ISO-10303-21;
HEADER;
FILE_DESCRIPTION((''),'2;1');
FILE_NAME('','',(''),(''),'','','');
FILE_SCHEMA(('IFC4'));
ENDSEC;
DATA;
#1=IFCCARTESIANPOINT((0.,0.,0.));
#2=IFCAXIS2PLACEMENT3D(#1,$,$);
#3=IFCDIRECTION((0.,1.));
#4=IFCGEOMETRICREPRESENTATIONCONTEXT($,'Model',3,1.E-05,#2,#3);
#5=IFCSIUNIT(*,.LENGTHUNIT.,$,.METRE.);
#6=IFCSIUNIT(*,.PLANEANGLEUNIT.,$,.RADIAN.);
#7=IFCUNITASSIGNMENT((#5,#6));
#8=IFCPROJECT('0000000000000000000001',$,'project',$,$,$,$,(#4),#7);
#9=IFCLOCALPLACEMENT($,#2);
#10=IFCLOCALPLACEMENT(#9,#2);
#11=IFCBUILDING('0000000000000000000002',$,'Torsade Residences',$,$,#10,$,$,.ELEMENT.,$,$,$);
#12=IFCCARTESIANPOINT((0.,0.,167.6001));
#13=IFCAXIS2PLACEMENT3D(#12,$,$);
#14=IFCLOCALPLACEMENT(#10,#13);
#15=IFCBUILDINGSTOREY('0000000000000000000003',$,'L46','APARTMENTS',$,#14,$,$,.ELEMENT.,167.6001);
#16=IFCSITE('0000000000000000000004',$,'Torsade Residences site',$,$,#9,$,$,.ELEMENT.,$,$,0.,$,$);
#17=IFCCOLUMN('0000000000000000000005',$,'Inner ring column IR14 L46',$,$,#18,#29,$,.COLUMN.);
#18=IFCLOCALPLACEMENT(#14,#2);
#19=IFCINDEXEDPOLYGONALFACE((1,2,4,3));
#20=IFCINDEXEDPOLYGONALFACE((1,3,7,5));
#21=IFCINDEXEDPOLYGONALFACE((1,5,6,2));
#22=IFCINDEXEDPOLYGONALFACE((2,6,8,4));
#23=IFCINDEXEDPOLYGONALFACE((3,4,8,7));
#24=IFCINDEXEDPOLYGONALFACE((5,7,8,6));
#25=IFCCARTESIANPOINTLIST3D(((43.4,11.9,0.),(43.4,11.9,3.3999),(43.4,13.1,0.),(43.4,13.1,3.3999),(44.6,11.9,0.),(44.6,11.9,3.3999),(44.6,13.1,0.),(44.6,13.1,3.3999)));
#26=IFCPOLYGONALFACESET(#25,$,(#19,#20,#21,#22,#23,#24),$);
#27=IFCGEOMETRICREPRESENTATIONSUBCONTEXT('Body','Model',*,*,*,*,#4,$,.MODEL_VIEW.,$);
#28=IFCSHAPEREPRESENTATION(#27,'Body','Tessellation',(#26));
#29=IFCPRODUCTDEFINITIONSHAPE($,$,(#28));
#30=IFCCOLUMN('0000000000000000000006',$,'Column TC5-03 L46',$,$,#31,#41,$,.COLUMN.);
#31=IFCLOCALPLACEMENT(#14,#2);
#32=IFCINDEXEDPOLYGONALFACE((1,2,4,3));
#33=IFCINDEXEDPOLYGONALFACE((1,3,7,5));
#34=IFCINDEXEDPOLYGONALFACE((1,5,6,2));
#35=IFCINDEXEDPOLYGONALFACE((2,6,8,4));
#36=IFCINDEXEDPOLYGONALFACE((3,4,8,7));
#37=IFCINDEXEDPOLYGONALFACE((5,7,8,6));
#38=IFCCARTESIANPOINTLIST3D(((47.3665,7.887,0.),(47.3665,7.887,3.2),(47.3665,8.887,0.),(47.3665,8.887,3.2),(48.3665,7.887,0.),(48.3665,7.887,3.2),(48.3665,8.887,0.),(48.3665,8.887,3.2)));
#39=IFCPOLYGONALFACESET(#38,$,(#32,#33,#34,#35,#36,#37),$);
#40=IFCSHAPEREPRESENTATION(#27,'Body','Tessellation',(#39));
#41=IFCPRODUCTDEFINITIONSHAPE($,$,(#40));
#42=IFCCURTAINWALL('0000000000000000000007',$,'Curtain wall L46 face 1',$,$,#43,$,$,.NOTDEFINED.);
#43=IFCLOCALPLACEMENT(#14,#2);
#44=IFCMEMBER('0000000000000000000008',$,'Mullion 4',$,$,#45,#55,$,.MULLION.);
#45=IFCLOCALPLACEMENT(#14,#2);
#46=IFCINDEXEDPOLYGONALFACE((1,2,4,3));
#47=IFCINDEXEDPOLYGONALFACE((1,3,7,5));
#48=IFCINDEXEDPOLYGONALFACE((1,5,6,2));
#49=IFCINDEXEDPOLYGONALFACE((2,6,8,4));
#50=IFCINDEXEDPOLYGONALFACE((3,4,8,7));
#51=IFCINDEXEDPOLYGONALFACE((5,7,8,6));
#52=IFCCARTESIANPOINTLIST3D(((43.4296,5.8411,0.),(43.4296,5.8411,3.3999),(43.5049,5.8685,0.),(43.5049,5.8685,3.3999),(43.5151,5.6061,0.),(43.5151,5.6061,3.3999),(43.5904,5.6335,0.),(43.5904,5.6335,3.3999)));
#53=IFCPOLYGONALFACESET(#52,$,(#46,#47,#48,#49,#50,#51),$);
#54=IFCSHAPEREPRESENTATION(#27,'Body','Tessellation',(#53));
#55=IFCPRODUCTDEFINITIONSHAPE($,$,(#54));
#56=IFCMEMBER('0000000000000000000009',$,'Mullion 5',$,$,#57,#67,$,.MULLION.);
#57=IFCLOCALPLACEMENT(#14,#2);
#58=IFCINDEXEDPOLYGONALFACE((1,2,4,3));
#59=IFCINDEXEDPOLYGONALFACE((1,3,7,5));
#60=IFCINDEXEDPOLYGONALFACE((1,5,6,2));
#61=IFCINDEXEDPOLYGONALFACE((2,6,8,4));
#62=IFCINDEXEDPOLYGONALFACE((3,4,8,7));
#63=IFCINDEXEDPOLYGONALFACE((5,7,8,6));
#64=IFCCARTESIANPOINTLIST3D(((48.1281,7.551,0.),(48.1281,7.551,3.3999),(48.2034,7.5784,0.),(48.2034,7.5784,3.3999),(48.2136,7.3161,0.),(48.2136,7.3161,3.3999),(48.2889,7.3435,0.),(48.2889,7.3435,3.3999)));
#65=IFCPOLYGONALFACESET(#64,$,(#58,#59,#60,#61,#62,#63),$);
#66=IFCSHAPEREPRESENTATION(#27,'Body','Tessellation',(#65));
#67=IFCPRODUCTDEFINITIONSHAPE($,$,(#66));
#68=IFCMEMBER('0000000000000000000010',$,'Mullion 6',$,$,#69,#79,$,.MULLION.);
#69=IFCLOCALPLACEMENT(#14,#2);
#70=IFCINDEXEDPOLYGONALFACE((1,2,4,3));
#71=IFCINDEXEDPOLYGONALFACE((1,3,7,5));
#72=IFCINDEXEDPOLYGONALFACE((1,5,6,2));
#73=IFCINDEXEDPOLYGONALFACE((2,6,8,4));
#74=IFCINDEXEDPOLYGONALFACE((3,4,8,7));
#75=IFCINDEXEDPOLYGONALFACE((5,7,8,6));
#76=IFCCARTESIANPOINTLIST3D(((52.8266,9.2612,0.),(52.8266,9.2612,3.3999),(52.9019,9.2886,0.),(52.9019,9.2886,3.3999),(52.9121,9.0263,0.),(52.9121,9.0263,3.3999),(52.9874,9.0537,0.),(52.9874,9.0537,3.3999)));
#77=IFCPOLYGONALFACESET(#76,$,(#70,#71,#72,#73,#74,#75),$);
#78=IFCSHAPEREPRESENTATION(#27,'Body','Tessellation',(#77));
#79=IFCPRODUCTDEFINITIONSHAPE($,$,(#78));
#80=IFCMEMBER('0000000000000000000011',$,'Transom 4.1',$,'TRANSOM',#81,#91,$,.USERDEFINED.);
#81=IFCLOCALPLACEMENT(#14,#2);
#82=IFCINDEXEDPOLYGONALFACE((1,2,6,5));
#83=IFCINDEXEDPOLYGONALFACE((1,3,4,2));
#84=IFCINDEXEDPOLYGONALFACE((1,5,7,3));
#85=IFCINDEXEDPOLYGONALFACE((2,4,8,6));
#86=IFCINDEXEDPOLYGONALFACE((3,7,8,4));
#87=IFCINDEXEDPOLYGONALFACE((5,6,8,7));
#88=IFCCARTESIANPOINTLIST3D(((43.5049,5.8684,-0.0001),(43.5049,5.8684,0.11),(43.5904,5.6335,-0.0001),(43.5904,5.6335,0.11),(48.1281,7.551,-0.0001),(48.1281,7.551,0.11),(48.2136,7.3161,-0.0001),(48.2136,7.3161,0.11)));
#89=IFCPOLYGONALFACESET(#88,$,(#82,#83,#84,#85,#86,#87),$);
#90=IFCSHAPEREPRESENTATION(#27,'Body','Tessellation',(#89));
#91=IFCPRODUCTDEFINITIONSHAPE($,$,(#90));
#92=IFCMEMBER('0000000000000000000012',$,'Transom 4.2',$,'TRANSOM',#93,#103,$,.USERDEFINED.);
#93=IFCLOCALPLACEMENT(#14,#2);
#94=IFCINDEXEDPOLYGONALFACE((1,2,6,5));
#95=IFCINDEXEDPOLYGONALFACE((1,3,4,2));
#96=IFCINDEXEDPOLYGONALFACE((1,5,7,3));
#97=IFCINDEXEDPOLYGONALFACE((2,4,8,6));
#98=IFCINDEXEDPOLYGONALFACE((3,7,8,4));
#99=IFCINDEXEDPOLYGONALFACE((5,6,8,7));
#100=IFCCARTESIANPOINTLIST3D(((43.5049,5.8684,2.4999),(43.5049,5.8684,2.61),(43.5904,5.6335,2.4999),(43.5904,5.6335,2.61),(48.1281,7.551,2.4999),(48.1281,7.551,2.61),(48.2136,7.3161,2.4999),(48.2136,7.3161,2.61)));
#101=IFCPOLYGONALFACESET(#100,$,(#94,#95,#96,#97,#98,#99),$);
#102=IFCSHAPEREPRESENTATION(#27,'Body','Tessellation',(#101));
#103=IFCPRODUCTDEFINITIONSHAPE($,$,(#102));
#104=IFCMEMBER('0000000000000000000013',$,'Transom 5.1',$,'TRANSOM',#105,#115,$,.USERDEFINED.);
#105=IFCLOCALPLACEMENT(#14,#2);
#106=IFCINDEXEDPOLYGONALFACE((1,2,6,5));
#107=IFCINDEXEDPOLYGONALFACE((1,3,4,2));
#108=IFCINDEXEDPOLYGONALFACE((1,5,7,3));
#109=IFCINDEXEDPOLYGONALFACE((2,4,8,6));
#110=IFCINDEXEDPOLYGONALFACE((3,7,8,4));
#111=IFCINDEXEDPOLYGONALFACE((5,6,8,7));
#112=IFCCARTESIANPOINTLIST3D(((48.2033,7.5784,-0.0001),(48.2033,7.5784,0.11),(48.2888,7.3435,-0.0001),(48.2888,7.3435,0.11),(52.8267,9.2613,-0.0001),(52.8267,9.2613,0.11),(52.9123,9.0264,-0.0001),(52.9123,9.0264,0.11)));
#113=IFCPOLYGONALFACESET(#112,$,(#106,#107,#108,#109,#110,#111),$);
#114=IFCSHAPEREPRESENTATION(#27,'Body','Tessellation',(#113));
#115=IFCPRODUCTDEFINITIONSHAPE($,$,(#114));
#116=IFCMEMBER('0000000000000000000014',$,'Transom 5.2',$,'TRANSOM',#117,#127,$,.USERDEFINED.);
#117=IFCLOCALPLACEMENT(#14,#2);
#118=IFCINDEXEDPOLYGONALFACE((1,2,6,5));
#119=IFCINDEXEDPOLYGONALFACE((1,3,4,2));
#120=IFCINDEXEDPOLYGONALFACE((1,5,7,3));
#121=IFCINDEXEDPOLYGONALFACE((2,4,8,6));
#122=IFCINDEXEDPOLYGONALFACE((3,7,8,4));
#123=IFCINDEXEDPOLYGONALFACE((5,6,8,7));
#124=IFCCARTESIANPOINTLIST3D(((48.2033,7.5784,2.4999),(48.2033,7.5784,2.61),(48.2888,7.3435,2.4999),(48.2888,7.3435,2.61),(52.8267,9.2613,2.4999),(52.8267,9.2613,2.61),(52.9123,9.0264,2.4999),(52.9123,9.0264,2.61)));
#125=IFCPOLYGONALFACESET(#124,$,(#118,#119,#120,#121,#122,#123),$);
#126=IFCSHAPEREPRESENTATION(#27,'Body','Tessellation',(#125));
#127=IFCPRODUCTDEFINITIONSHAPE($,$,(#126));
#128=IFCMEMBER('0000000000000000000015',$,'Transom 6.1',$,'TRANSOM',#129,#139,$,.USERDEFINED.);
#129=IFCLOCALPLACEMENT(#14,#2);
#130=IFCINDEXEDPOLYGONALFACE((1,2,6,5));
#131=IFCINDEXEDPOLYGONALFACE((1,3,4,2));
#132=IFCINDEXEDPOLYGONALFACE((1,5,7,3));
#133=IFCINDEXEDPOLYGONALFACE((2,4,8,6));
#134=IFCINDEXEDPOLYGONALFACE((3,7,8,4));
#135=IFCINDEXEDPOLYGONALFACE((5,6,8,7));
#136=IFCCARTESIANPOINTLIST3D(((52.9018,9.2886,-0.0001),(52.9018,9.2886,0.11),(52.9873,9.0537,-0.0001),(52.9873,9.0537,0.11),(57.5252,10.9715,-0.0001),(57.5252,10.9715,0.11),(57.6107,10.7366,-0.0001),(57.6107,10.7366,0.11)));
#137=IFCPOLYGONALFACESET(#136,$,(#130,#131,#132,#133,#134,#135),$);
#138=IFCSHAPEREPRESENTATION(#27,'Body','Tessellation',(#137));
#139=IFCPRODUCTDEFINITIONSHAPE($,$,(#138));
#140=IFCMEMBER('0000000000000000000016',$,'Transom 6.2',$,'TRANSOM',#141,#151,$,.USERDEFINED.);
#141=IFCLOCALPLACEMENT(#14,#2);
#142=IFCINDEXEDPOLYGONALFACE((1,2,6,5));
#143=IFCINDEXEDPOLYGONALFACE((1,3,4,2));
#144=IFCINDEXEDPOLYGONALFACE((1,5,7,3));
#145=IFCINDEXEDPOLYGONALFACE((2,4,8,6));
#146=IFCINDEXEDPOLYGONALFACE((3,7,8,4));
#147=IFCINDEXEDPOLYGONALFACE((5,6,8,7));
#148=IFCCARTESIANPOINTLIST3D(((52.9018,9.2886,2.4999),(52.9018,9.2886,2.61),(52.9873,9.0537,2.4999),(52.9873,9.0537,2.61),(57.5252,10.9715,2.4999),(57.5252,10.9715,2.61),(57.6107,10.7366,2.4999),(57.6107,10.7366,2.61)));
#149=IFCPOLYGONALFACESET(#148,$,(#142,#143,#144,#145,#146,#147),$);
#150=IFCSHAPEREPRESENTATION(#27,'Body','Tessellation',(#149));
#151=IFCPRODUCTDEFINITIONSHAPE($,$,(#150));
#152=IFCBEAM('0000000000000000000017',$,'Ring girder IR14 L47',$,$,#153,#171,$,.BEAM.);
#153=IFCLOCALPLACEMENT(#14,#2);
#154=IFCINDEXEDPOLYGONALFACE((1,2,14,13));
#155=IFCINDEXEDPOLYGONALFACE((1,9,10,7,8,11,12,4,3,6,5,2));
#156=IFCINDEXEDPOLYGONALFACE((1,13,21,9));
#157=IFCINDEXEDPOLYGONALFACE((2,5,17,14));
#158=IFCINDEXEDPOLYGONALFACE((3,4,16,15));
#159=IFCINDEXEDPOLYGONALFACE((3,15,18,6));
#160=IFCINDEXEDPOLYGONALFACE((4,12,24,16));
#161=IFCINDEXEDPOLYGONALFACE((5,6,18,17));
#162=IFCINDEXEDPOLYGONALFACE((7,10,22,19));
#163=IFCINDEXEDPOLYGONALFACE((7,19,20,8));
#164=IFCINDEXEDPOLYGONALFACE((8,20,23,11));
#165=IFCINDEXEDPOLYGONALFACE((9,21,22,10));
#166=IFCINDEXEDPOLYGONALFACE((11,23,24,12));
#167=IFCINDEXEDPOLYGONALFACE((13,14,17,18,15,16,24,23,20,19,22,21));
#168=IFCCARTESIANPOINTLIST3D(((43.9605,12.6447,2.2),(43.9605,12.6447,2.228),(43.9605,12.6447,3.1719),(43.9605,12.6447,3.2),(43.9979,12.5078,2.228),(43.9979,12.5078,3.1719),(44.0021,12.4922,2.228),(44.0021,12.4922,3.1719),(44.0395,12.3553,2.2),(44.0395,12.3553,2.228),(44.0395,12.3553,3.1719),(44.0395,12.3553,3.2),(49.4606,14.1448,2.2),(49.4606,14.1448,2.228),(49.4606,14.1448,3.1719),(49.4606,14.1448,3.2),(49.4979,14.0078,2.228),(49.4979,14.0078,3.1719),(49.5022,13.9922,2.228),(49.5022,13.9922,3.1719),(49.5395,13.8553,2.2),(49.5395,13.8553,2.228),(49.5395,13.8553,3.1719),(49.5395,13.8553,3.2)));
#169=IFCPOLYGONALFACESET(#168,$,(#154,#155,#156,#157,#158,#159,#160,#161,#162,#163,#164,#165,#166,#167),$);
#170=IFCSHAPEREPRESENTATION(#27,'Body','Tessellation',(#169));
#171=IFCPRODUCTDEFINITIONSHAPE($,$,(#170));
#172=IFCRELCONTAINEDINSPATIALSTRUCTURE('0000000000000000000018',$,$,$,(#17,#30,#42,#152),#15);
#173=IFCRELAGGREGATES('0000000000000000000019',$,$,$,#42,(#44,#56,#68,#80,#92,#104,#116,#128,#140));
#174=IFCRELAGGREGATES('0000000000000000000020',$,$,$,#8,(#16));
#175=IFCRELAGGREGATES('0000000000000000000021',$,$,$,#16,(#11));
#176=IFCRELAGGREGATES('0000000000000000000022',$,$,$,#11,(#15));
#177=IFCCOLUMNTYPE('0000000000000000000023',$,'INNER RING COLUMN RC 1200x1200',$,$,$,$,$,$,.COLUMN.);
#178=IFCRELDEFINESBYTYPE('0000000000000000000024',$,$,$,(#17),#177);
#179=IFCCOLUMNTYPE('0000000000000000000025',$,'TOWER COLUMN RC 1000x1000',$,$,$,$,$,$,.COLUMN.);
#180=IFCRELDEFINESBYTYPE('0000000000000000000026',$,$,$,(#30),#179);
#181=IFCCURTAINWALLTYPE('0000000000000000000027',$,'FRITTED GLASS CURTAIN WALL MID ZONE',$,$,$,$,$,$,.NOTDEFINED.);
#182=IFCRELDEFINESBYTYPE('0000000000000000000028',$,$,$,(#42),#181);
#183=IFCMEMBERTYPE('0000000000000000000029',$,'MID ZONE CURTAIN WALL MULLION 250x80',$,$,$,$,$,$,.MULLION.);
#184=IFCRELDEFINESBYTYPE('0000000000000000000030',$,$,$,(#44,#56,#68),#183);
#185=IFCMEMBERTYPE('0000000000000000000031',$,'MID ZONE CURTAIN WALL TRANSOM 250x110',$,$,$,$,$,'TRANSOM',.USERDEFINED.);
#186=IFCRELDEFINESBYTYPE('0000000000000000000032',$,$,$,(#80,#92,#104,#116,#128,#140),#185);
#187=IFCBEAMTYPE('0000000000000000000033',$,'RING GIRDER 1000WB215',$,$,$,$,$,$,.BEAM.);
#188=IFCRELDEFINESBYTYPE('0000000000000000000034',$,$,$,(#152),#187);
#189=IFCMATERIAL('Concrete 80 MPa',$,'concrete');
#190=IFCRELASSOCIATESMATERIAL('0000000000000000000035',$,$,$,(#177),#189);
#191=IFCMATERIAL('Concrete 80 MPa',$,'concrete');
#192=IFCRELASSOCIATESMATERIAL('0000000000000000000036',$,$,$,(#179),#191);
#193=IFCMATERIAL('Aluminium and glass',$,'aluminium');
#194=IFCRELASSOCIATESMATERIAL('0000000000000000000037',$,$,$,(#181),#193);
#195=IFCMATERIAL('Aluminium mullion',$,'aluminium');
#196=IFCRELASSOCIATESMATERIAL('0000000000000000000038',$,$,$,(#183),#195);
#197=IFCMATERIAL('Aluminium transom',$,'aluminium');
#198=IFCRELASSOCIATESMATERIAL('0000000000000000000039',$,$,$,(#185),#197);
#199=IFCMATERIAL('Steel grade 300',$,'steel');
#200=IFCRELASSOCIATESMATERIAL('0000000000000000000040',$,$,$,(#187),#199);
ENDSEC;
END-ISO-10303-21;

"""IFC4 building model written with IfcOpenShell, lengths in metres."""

from ifc_helpers import new_model, si_unit, direction, frame, origin, origin_2d, place, context, subcontext, project, spatial, rectangle, i_section, extrude, material, material_profile, profile_set, type_object, element, aggregate, save


model = new_model("IFC4")

# Units and contexts
model_context = context("Model", 3, precision=1e-05, world=origin(), true_north=direction((0.0, 1.0)))
body_context = subcontext(model_context, "Body", "Model", "MODEL_VIEW")
ifc_project = project(units=[si_unit("LENGTHUNIT", "METRE"), si_unit("PLANEANGLEUNIT", "RADIAN")], contexts=[model_context])

# Site, building, storey
site_placement = place(None, origin())
site = spatial("IfcSite", under=ifc_project, at=site_placement, Name="Torsade Residences site", CompositionType="ELEMENT", RefElevation=0.0)
building_placement = place(site_placement, origin())
building = spatial("IfcBuilding", under=site, at=building_placement, Name="Torsade Residences", CompositionType="ELEMENT")
storey_placement = place(building_placement, frame((0.0, 0.0, 167.6001)))
storey = spatial("IfcBuildingStorey", under=building, at=storey_placement, Name="L46", Description="APARTMENTS", CompositionType="ELEMENT", Elevation=167.6001)

# Columns
ifc_material_1 = material(Name="Concrete 80 MPa", Category="concrete")
ifc_material_profile_1 = material_profile(ifc_material_1, rectangle(XDim=1.2, YDim=1.2, at=origin_2d()), Name="RC 1200x1200")
ifc_profile_set_1 = profile_set([ifc_material_profile_1], Name="Concrete 80 MPa")
column_type_1 = type_object("IfcColumnType", Name="INNER RING COLUMN RC 1200x1200", PredefinedType="COLUMN", material=ifc_profile_set_1)
column_1_placement = place(storey_placement, frame((44.0, 12.5, 0.0), z_axis=(0.0, 0.0, 1.0), x_axis=(1.0, 0.0, 0.0)))
element("IfcColumn", 1, at=column_1_placement, inside=storey, type_object=column_type_1, Name="Inner ring column IR14 L46", PredefinedType="COLUMN", context=body_context, shape_type="SweptSolid", body=[
    extrude(rectangle(XDim=1.2, YDim=1.2, at=origin_2d()), origin(), (0.0, 0.0, 1.0), 3.3999),
])
ifc_material_2 = material(Name="Concrete 80 MPa", Category="concrete")
ifc_material_profile_2 = material_profile(ifc_material_2, rectangle(XDim=1.0, YDim=1.0, at=origin_2d()), Name="RC 1000x1000")
ifc_profile_set_2 = profile_set([ifc_material_profile_2], Name="Concrete 80 MPa")
column_type_2 = type_object("IfcColumnType", Name="TOWER COLUMN RC 1000x1000", PredefinedType="COLUMN", material=ifc_profile_set_2)
column_2_placement = place(storey_placement, frame((47.8665, 8.387, 0.0), z_axis=(0.0, 0.0, 1.0), x_axis=(1.0, 0.0, 0.0)))
element("IfcColumn", 2, at=column_2_placement, inside=storey, type_object=column_type_2, Name="Column TC5-03 L46", PredefinedType="COLUMN", context=body_context, shape_type="SweptSolid", body=[
    extrude(rectangle(XDim=1.0, YDim=1.0, at=origin_2d()), origin(), (0.0, 0.0, 1.0), 3.2),
])

# Curtain wall, members
ifc_material_3 = material(Name="Aluminium and glass", Category="aluminium")
curtain_wall_type = type_object("IfcCurtainWallType", Name="FRITTED GLASS CURTAIN WALL MID ZONE", PredefinedType="NOTDEFINED", material=ifc_material_3)
curtain_wall_placement = place(storey_placement, origin())
curtain_wall = element("IfcCurtainWall", 3, at=curtain_wall_placement, inside=storey, type_object=curtain_wall_type, Name="Curtain wall L46 face 1", PredefinedType="NOTDEFINED")
ifc_material_4 = material(Name="Aluminium mullion", Category="aluminium")
ifc_material_profile_3 = material_profile(ifc_material_4, rectangle(XDim=0.25, YDim=0.0801, at=origin_2d()), Name="MID ZONE CURTAIN WALL MULLION 250x80")
ifc_profile_set_3 = profile_set([ifc_material_profile_3], Name="Aluminium mullion")
member_type_1 = type_object("IfcMemberType", Name="MID ZONE CURTAIN WALL MULLION 250x80", PredefinedType="MULLION", material=ifc_profile_set_3)
member_1_placement = place(storey_placement, frame((43.51, 5.7373, 0.0), z_axis=(0.0, 0.0, 1.0), x_axis=(-0.34202, 0.939693, 0.0)))
member_1 = element("IfcMember", 4, at=member_1_placement, type_object=member_type_1, Name="Mullion 4", PredefinedType="MULLION", context=body_context, shape_type="SweptSolid", body=[
    extrude(rectangle(XDim=0.25, YDim=0.0801, at=origin_2d()), origin(), (0.0, 0.0, 1.0), 3.3999),
])
member_2_placement = place(storey_placement, frame((48.2085, 7.4473, 0.0), z_axis=(0.0, 0.0, 1.0), x_axis=(-0.34202, 0.939693, 0.0)))
member_2 = element("IfcMember", 5, at=member_2_placement, type_object=member_type_1, Name="Mullion 5", PredefinedType="MULLION", context=body_context, shape_type="SweptSolid", body=[
    extrude(rectangle(XDim=0.25, YDim=0.0801, at=origin_2d()), origin(), (0.0, 0.0, 1.0), 3.3999),
])
member_3_placement = place(storey_placement, frame((52.907, 9.1575, 0.0), z_axis=(0.0, 0.0, 1.0), x_axis=(-0.34202, 0.939693, 0.0)))
member_3 = element("IfcMember", 6, at=member_3_placement, type_object=member_type_1, Name="Mullion 6", PredefinedType="MULLION", context=body_context, shape_type="SweptSolid", body=[
    extrude(rectangle(XDim=0.25, YDim=0.0801, at=origin_2d()), origin(), (0.0, 0.0, 1.0), 3.3999),
])
ifc_material_5 = material(Name="Aluminium transom", Category="aluminium")
ifc_material_profile_4 = material_profile(ifc_material_5, rectangle(XDim=0.25, YDim=0.1101, at=origin_2d()), Name="MID ZONE CURTAIN WALL TRANSOM 250x110")
ifc_profile_set_4 = profile_set([ifc_material_profile_4], Name="Aluminium transom")
member_type_2 = type_object("IfcMemberType", Name="MID ZONE CURTAIN WALL TRANSOM 250x110", ElementType="TRANSOM", PredefinedType="USERDEFINED", material=ifc_profile_set_4)
member_4_placement = place(storey_placement, frame((43.5476, 5.751, 0.0549), z_axis=(0.939701, 0.341998, 0.0), x_axis=(-0.341998, 0.939701, 0.0)))
member_4 = element("IfcMember", 7, at=member_4_placement, type_object=member_type_2, Name="Transom 4.1", ObjectType="TRANSOM", PredefinedType="USERDEFINED", context=body_context, shape_type="SweptSolid", body=[
    extrude(rectangle(XDim=0.25, YDim=0.1101, at=origin_2d()), origin(), (0.0, 0.0, 1.0), 4.9199),
])
member_5_placement = place(storey_placement, frame((43.5476, 5.751, 2.5549), z_axis=(0.939701, 0.341998, 0.0), x_axis=(-0.341998, 0.939701, 0.0)))
member_5 = element("IfcMember", 8, at=member_5_placement, type_object=member_type_2, Name="Transom 4.2", ObjectType="TRANSOM", PredefinedType="USERDEFINED", context=body_context, shape_type="SweptSolid", body=[
    extrude(rectangle(XDim=0.25, YDim=0.1101, at=origin_2d()), origin(), (0.0, 0.0, 1.0), 4.9199),
])
member_6_placement = place(storey_placement, frame((48.2461, 7.4609, 0.0549), z_axis=(0.939685, 0.342042, 0.0), x_axis=(-0.342042, 0.939685, 0.0)))
member_6 = element("IfcMember", 9, at=member_6_placement, type_object=member_type_2, Name="Transom 5.1", ObjectType="TRANSOM", PredefinedType="USERDEFINED", context=body_context, shape_type="SweptSolid", body=[
    extrude(rectangle(XDim=0.25, YDim=0.1101, at=origin_2d()), origin(), (0.0, 0.0, 1.0), 4.9202),
])
member_7_placement = place(storey_placement, frame((48.2461, 7.4609, 2.5549), z_axis=(0.939685, 0.342042, 0.0), x_axis=(-0.342042, 0.939685, 0.0)))
member_7 = element("IfcMember", 10, at=member_7_placement, type_object=member_type_2, Name="Transom 5.2", ObjectType="TRANSOM", PredefinedType="USERDEFINED", context=body_context, shape_type="SweptSolid", body=[
    extrude(rectangle(XDim=0.25, YDim=0.1101, at=origin_2d()), origin(), (0.0, 0.0, 1.0), 4.9202),
])
member_8_placement = place(storey_placement, frame((52.9446, 9.1711, 0.0549), z_axis=(0.939685, 0.342042, 0.0), x_axis=(-0.342042, 0.939685, 0.0)))
member_8 = element("IfcMember", 11, at=member_8_placement, type_object=member_type_2, Name="Transom 6.1", ObjectType="TRANSOM", PredefinedType="USERDEFINED", context=body_context, shape_type="SweptSolid", body=[
    extrude(rectangle(XDim=0.25, YDim=0.1101, at=origin_2d()), origin(), (0.0, 0.0, 1.0), 4.9202),
])
member_9_placement = place(storey_placement, frame((52.9446, 9.1711, 2.5549), z_axis=(0.939685, 0.342042, 0.0), x_axis=(-0.342042, 0.939685, 0.0)))
member_9 = element("IfcMember", 12, at=member_9_placement, type_object=member_type_2, Name="Transom 6.2", ObjectType="TRANSOM", PredefinedType="USERDEFINED", context=body_context, shape_type="SweptSolid", body=[
    extrude(rectangle(XDim=0.25, YDim=0.1101, at=origin_2d()), origin(), (0.0, 0.0, 1.0), 4.9202),
])

# Beam
ifc_material_6 = material(Name="Steel grade 300", Category="steel")
ifc_material_profile_5 = material_profile(ifc_material_6, i_section(OverallWidth=0.3, OverallDepth=1.0, WebThickness=0.0161, FlangeThickness=0.0281, at=origin_2d()), Name="1000WB215")
ifc_profile_set_5 = profile_set([ifc_material_profile_5], Name="Steel grade 300")
beam_type_1 = type_object("IfcBeamType", Name="RING GIRDER 1000WB215", PredefinedType="BEAM", material=ifc_profile_set_5)
beam_1_placement = place(storey_placement, frame((44.0, 12.5, 2.7), z_axis=(0.964764, 0.263117, 0.0), x_axis=(-0.263117, 0.964764, 0.0)))
element("IfcBeam", 13, at=beam_1_placement, inside=storey, type_object=beam_type_1, Name="Ring girder IR14 L47", PredefinedType="BEAM", context=body_context, shape_type="SweptSolid", body=[
    extrude(i_section(OverallWidth=0.3, OverallDepth=1.0, WebThickness=0.0161, FlangeThickness=0.0281, at=origin_2d()), origin(), (0.0, 0.0, 1.0), 5.7009),
])

aggregate(curtain_wall, [member_1, member_2, member_3, member_4, member_5, member_6, member_7, member_8, member_9])

save(model, "model.ifc")
